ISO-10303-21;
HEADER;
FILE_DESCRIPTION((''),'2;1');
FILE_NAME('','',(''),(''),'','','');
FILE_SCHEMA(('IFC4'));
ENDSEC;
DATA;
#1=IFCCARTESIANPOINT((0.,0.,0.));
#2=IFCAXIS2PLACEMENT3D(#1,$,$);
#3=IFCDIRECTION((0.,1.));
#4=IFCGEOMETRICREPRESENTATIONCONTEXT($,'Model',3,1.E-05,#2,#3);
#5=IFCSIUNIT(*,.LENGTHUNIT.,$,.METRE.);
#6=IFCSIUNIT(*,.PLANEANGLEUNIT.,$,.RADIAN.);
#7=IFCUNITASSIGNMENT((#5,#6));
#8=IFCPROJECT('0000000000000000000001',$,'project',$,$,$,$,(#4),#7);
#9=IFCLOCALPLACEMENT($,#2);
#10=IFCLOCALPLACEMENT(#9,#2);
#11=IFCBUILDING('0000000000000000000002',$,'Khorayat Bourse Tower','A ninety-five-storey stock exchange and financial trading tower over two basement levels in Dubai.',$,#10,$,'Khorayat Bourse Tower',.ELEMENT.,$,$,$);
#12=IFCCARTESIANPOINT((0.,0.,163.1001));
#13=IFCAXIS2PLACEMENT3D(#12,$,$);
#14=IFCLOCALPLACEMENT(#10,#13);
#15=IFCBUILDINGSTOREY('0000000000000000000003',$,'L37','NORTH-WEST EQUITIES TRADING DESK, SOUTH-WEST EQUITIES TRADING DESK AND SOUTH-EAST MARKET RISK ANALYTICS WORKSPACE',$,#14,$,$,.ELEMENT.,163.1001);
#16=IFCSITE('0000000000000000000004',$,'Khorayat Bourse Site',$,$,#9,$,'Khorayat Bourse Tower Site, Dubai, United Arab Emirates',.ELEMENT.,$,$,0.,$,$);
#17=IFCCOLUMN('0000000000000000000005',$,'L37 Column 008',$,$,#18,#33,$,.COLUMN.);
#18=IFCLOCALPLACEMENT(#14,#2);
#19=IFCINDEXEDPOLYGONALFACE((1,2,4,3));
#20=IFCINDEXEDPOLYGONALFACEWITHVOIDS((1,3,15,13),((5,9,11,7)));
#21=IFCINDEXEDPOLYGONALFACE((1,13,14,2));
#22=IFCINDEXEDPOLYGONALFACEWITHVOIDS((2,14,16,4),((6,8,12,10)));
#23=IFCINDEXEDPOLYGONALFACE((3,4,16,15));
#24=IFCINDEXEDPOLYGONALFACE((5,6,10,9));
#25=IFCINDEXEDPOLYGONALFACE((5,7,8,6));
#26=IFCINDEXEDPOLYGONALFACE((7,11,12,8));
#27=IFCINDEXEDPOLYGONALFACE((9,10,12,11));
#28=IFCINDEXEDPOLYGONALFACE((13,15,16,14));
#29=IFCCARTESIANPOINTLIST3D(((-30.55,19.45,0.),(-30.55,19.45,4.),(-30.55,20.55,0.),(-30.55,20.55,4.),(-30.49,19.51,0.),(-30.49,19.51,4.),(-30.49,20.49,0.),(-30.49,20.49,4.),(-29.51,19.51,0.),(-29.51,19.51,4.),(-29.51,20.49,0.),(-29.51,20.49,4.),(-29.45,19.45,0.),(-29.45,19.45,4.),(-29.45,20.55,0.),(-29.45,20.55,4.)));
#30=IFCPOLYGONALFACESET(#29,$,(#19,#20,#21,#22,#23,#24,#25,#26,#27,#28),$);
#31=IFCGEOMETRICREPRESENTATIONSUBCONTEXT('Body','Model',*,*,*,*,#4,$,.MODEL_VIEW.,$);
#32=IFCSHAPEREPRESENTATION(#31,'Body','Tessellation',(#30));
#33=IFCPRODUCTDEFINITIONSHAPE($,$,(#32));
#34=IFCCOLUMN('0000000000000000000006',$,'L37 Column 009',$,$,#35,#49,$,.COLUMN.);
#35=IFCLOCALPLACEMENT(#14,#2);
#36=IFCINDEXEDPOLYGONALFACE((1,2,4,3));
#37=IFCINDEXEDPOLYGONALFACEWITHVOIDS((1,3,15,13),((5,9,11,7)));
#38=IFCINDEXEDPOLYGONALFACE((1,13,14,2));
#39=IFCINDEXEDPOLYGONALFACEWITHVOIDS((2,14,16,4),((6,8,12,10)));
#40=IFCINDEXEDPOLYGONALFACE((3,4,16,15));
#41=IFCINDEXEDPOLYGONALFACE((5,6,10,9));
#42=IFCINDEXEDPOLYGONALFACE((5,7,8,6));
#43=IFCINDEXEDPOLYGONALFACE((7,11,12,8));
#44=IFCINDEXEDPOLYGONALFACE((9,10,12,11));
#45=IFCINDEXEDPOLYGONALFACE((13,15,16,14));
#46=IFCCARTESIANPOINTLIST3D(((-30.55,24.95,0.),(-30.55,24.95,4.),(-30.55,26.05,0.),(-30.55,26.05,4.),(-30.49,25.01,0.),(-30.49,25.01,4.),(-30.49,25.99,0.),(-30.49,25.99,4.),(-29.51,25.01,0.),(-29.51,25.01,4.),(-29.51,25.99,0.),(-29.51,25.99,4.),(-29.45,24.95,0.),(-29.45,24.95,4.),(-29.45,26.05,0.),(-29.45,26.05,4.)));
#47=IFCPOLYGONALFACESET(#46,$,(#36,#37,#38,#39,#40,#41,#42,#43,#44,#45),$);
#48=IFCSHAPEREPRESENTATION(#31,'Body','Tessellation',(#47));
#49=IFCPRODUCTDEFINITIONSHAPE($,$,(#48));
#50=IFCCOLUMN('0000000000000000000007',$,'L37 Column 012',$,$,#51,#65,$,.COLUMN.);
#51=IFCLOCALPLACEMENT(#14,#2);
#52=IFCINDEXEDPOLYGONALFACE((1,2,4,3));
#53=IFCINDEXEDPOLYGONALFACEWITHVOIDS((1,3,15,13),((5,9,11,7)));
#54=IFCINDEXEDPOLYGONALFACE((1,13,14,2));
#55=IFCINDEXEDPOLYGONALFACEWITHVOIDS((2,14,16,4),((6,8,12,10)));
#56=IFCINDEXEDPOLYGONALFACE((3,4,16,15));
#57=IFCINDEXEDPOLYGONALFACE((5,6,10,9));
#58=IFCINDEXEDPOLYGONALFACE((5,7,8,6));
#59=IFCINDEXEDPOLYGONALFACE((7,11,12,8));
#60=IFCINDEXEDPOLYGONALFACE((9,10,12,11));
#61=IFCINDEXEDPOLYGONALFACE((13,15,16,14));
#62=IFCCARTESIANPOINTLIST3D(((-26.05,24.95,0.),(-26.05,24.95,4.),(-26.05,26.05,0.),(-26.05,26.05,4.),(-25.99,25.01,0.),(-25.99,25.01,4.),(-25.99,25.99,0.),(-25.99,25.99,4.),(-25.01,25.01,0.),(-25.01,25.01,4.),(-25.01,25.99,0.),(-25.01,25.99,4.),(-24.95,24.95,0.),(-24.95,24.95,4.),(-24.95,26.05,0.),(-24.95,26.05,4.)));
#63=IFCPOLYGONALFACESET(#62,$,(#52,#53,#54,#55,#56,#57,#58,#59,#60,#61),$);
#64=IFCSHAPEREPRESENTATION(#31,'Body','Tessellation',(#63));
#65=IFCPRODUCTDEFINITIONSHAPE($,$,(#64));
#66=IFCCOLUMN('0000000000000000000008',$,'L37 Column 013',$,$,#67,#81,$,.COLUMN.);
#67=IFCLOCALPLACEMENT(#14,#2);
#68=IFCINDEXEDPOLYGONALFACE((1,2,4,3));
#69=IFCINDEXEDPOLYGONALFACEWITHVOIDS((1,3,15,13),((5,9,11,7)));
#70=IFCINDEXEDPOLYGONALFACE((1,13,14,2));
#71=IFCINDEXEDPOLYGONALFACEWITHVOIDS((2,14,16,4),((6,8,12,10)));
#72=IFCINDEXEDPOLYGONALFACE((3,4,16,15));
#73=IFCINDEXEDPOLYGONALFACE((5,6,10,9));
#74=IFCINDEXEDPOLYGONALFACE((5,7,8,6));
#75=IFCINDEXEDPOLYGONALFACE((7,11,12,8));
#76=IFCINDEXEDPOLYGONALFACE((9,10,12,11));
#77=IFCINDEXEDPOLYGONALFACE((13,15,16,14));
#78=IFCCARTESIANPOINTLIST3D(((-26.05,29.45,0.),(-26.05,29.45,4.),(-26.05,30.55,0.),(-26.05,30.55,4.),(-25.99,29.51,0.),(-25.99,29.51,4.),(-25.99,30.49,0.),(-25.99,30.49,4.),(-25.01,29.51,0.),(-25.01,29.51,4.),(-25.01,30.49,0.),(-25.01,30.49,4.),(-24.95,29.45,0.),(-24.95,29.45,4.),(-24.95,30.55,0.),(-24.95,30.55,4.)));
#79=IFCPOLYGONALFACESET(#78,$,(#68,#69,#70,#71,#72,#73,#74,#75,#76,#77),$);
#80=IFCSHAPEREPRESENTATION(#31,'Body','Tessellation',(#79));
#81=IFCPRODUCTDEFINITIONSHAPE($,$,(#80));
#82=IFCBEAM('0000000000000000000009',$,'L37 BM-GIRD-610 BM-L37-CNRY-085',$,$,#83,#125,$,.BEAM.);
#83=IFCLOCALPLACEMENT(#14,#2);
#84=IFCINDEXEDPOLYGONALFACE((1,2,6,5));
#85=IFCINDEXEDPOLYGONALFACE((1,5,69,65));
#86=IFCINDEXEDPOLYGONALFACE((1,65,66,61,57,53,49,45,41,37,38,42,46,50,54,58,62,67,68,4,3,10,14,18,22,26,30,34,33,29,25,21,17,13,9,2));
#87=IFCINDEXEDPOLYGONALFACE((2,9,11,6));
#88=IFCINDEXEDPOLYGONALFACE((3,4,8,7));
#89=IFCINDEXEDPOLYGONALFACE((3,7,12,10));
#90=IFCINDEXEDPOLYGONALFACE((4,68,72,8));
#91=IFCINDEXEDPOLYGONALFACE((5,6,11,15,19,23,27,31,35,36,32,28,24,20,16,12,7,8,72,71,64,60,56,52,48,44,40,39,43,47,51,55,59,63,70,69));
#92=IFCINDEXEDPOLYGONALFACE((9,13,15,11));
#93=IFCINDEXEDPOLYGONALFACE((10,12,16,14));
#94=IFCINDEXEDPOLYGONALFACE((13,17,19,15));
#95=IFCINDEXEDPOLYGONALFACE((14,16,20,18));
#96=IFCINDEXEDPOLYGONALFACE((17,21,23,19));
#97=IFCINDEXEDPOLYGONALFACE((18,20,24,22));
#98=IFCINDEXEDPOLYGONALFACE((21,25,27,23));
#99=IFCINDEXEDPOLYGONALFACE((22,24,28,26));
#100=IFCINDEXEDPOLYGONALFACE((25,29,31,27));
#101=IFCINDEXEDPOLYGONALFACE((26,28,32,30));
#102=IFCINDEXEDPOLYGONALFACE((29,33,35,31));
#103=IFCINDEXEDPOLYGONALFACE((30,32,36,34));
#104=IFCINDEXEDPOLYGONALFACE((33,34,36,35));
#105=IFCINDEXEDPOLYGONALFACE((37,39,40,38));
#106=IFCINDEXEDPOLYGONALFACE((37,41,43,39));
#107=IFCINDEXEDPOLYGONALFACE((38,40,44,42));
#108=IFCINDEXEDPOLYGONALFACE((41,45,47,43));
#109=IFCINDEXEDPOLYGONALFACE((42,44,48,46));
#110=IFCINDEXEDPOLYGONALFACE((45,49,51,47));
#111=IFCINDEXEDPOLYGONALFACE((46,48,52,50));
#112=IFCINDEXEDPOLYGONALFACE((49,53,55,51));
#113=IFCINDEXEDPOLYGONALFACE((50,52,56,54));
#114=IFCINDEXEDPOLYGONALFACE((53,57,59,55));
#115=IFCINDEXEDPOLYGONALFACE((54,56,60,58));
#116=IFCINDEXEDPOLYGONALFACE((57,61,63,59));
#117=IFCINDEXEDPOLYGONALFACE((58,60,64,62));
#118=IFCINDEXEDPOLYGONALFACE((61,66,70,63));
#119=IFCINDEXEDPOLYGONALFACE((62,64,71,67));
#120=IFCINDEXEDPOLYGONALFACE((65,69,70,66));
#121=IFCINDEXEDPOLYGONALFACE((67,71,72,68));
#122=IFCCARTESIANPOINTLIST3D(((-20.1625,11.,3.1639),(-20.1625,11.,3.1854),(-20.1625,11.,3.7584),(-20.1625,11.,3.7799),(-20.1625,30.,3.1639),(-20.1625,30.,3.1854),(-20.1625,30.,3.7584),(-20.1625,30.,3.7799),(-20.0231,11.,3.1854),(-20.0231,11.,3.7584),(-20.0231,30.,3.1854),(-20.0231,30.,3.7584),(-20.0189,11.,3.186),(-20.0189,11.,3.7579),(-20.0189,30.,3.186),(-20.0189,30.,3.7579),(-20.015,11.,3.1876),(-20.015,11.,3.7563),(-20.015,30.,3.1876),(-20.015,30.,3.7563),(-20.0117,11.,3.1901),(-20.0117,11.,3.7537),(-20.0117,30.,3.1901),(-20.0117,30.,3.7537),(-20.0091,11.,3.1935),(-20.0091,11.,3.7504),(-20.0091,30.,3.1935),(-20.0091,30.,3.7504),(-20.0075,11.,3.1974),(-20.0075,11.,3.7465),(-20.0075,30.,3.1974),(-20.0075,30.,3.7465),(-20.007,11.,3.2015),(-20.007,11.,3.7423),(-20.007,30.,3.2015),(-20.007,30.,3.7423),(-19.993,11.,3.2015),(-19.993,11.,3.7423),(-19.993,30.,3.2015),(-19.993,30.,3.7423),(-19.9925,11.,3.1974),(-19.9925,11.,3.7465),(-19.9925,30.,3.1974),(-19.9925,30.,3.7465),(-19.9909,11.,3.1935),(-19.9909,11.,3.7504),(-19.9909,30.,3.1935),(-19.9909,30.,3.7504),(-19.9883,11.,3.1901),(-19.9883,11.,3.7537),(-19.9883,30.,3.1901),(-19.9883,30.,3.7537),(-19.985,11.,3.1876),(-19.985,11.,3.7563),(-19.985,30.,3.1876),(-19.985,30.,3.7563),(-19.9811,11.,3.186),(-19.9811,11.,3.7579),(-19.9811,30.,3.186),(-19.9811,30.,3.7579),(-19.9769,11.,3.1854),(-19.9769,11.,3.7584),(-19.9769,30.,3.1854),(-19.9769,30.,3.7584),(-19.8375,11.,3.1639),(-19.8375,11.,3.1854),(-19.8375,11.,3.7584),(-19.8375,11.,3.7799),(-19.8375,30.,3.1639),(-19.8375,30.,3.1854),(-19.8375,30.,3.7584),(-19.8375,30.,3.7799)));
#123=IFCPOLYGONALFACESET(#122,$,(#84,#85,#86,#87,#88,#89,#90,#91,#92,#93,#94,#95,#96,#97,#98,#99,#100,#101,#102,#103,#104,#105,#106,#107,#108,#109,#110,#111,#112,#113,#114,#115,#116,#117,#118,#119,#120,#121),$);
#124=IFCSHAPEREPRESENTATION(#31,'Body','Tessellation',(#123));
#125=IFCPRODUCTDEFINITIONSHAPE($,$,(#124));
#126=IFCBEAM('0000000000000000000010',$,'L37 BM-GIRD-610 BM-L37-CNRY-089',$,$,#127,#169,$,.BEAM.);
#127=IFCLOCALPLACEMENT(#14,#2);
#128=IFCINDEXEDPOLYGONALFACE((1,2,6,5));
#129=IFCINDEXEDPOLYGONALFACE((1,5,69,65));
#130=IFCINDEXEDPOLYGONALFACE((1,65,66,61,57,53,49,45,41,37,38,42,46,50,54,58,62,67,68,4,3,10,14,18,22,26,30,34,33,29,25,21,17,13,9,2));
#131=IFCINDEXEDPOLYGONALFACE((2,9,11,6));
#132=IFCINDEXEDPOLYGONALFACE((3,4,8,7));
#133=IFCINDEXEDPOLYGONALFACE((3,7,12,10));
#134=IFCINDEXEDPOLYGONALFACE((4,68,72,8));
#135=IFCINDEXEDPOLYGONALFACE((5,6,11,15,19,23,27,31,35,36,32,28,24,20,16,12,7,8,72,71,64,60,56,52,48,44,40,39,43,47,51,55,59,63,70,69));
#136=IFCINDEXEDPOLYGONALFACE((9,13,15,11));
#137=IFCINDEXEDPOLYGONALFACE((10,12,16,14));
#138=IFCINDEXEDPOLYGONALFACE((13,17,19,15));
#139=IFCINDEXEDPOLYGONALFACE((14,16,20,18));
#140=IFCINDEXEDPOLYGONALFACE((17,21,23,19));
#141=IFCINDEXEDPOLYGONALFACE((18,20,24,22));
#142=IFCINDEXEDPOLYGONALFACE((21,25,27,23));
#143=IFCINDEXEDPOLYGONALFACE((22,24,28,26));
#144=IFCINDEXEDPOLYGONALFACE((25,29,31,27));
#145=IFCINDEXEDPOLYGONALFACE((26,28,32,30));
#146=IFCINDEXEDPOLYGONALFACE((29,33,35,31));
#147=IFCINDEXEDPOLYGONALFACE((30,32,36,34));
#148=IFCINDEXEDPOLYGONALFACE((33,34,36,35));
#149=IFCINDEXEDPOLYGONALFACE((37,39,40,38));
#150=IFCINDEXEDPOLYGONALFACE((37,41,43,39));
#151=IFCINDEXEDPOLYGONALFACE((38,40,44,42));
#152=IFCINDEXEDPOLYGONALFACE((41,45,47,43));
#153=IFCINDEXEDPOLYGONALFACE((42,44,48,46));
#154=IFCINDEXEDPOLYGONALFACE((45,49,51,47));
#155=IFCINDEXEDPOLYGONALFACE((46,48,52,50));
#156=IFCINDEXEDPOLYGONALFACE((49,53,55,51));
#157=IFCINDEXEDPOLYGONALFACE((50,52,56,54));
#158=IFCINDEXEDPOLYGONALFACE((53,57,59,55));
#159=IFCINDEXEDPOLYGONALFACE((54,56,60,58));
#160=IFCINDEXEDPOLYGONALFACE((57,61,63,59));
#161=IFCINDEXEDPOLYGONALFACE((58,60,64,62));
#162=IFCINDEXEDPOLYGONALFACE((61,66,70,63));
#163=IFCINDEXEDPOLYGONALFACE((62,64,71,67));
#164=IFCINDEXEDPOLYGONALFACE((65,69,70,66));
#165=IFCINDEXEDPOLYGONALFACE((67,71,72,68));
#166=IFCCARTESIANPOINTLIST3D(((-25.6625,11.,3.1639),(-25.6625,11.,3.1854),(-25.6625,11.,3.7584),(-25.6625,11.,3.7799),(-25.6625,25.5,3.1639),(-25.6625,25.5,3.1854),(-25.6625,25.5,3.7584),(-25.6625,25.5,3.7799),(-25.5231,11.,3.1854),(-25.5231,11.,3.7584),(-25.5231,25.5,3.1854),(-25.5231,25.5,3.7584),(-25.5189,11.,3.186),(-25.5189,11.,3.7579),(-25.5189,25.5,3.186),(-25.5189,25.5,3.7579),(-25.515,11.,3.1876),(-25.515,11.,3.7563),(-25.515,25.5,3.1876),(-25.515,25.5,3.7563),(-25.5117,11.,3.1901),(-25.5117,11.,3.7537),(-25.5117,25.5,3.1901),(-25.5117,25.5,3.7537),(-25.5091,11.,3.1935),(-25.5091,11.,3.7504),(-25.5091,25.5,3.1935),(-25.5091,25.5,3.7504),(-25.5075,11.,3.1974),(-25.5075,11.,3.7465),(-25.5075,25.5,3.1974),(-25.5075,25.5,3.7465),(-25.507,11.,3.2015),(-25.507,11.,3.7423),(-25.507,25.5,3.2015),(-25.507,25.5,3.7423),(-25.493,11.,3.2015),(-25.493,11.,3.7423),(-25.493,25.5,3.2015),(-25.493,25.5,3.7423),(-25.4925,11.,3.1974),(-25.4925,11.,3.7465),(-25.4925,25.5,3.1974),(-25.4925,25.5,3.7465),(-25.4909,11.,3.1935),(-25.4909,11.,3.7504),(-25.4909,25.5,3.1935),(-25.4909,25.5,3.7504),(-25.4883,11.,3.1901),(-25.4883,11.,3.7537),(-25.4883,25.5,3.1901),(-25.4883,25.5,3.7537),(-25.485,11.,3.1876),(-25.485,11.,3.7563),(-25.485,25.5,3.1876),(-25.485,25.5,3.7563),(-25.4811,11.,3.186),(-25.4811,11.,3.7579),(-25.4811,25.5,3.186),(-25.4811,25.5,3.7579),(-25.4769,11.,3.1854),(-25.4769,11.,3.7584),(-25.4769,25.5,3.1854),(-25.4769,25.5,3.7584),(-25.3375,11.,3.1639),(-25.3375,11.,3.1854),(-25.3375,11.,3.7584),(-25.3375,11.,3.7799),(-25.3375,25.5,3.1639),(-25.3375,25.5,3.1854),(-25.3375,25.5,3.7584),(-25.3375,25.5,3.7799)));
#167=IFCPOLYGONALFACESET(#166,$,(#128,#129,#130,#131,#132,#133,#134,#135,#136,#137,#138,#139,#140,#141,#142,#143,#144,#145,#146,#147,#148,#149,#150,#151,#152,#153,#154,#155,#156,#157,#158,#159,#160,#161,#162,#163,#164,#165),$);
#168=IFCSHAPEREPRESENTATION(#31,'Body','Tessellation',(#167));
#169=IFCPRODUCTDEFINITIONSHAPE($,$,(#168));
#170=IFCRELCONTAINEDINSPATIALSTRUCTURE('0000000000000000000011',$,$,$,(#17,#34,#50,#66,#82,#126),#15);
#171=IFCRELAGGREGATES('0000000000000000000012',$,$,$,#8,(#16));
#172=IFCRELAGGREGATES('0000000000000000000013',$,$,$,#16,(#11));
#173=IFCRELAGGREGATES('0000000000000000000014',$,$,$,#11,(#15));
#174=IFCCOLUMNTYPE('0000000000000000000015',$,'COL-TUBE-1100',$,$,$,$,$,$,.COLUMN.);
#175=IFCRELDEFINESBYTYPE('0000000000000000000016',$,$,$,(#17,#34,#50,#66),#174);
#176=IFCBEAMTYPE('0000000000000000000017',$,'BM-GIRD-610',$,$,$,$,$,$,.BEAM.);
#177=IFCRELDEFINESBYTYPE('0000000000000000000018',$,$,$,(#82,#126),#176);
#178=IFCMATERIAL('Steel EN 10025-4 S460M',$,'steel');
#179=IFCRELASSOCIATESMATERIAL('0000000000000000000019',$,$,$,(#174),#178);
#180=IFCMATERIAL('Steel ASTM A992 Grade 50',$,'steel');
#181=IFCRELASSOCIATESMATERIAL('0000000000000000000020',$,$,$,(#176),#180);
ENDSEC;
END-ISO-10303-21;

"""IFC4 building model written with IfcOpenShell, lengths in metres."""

from ifc_helpers import new_model, si_unit, direction, frame, origin, origin_2d, place, context, subcontext, project, spatial, hollow_rectangle, i_section, extrude, source, transform, mapped, material, material_profile, profile_set, type_object, element, save


model = new_model("IFC4")

# Units and contexts
model_context = context("Model", 3, precision=1e-05, world=origin(), true_north=direction((0.0, 1.0)))
body_context = subcontext(model_context, "Body", "Model", "MODEL_VIEW")
ifc_project = project(units=[si_unit("LENGTHUNIT", "METRE"), si_unit("PLANEANGLEUNIT", "RADIAN")], contexts=[model_context])

# Site, building, storey
site_placement = place(None, origin())
site = spatial("IfcSite", under=ifc_project, at=site_placement, Name="Khorayat Bourse Site", LongName="Khorayat Bourse Tower Site, Dubai, United Arab Emirates", CompositionType="ELEMENT", RefElevation=0.0)
building_placement = place(site_placement, origin())
building = spatial("IfcBuilding", under=site, at=building_placement, Name="Khorayat Bourse Tower", Description="A ninety-five-storey stock exchange and financial trading tower over two basement levels in Dubai.", LongName="Khorayat Bourse Tower", CompositionType="ELEMENT")
storey_placement = place(building_placement, frame((0.0, 0.0, 163.1001)))
storey = spatial("IfcBuildingStorey", under=building, at=storey_placement, Name="L37", Description="NORTH-WEST EQUITIES TRADING DESK, SOUTH-WEST EQUITIES TRADING DESK AND SOUTH-EAST MARKET RISK ANALYTICS WORKSPACE", CompositionType="ELEMENT", Elevation=163.1001)

# Columns
ifc_material_1 = material(Name="Steel EN 10025-4 S460M", Category="steel")
ifc_material_profile_1 = material_profile(ifc_material_1, hollow_rectangle(XDim=1.1001, YDim=1.1001, WallThickness=0.0601, at=origin_2d()), Name="BOX 1100x1100x60")
ifc_profile_set_1 = profile_set([ifc_material_profile_1], Name="Steel EN 10025-4 S460M")
column_type = type_object("IfcColumnType", Name="COL-TUBE-1100", PredefinedType="COLUMN", material=ifc_profile_set_1)
shared_shape_1 = source(origin(), body_context, "Body", "SweptSolid", [
    extrude(hollow_rectangle(XDim=1.1001, YDim=1.1001, WallThickness=0.0601, at=origin_2d()), origin(), (0.0, 0.0, 1.0), 4.0),
])
for number, where, z_axis, x_axis, name in (
    (1, (-30.0, 20.0, 0.0), (0.0, 0.0, 1.0), (1.0, 0.0, 0.0), "L37 Column 008"),
    (2, (-30.0, 25.5, 0.0), (0.0, 0.0, 1.0), (1.0, 0.0, 0.0), "L37 Column 009"),
    (3, (-25.5, 25.5, 0.0), (0.0, 0.0, 1.0), (1.0, 0.0, 0.0), "L37 Column 012"),
    (4, (-25.5, 30.0, 0.0), (0.0, 0.0, 1.0), (1.0, 0.0, 0.0), "L37 Column 013"),
):
    element("IfcColumn", number, at=place(storey_placement, frame(where, z_axis=z_axis, x_axis=x_axis)), inside=storey, type_object=column_type, Name=name, PredefinedType="COLUMN", context=body_context, shape_type="MappedRepresentation", body=[
        mapped(shared_shape_1, transform((0.0, 0.0, 0.0), scale=1.0)),
    ])

# Beams
ifc_material_2 = material(Name="Steel ASTM A992 Grade 50", Category="steel")
ifc_material_profile_2 = material_profile(ifc_material_2, i_section(OverallWidth=0.325, OverallDepth=0.616, WebThickness=0.0139, FlangeThickness=0.0215, FilletRadius=0.0161, at=origin_2d()), Name="W610X174")
ifc_profile_set_2 = profile_set([ifc_material_profile_2], Name="Steel ASTM A992 Grade 50")
beam_type_1 = type_object("IfcBeamType", Name="BM-GIRD-610", PredefinedType="BEAM", material=ifc_profile_set_2)
shared_shape_2 = source(origin(), body_context, "Body", "SweptSolid", [
    extrude(i_section(OverallWidth=0.325, OverallDepth=0.616, WebThickness=0.0139, FlangeThickness=0.0215, FilletRadius=0.0161, at=origin_2d()), origin(), (0.0, 0.0, 1.0), 19.0),
])
beam_1_placement = place(storey_placement, frame((-20.0, 11.0, 3.4719), z_axis=(0.0, 1.0, 0.0), x_axis=(-1.0, 0.0, 0.0)))
element("IfcBeam", 5, at=beam_1_placement, inside=storey, type_object=beam_type_1, Name="L37 BM-GIRD-610 BM-L37-CNRY-085", PredefinedType="BEAM", context=body_context, shape_type="MappedRepresentation", body=[
    mapped(shared_shape_2, transform((0.0, 0.0, 0.0), scale=1.0)),
])
shared_shape_3 = source(origin(), body_context, "Body", "SweptSolid", [
    extrude(i_section(OverallWidth=0.325, OverallDepth=0.616, WebThickness=0.0139, FlangeThickness=0.0215, FilletRadius=0.0161, at=origin_2d()), origin(), (0.0, 0.0, 1.0), 14.5),
])
beam_2_placement = place(storey_placement, frame((-25.5, 11.0, 3.4719), z_axis=(0.0, 1.0, 0.0), x_axis=(-1.0, 0.0, 0.0)))
element("IfcBeam", 6, at=beam_2_placement, inside=storey, type_object=beam_type_1, Name="L37 BM-GIRD-610 BM-L37-CNRY-089", PredefinedType="BEAM", context=body_context, shape_type="MappedRepresentation", body=[
    mapped(shared_shape_3, transform((0.0, 0.0, 0.0), scale=1.0)),
])

save(model, "model.ifc")
